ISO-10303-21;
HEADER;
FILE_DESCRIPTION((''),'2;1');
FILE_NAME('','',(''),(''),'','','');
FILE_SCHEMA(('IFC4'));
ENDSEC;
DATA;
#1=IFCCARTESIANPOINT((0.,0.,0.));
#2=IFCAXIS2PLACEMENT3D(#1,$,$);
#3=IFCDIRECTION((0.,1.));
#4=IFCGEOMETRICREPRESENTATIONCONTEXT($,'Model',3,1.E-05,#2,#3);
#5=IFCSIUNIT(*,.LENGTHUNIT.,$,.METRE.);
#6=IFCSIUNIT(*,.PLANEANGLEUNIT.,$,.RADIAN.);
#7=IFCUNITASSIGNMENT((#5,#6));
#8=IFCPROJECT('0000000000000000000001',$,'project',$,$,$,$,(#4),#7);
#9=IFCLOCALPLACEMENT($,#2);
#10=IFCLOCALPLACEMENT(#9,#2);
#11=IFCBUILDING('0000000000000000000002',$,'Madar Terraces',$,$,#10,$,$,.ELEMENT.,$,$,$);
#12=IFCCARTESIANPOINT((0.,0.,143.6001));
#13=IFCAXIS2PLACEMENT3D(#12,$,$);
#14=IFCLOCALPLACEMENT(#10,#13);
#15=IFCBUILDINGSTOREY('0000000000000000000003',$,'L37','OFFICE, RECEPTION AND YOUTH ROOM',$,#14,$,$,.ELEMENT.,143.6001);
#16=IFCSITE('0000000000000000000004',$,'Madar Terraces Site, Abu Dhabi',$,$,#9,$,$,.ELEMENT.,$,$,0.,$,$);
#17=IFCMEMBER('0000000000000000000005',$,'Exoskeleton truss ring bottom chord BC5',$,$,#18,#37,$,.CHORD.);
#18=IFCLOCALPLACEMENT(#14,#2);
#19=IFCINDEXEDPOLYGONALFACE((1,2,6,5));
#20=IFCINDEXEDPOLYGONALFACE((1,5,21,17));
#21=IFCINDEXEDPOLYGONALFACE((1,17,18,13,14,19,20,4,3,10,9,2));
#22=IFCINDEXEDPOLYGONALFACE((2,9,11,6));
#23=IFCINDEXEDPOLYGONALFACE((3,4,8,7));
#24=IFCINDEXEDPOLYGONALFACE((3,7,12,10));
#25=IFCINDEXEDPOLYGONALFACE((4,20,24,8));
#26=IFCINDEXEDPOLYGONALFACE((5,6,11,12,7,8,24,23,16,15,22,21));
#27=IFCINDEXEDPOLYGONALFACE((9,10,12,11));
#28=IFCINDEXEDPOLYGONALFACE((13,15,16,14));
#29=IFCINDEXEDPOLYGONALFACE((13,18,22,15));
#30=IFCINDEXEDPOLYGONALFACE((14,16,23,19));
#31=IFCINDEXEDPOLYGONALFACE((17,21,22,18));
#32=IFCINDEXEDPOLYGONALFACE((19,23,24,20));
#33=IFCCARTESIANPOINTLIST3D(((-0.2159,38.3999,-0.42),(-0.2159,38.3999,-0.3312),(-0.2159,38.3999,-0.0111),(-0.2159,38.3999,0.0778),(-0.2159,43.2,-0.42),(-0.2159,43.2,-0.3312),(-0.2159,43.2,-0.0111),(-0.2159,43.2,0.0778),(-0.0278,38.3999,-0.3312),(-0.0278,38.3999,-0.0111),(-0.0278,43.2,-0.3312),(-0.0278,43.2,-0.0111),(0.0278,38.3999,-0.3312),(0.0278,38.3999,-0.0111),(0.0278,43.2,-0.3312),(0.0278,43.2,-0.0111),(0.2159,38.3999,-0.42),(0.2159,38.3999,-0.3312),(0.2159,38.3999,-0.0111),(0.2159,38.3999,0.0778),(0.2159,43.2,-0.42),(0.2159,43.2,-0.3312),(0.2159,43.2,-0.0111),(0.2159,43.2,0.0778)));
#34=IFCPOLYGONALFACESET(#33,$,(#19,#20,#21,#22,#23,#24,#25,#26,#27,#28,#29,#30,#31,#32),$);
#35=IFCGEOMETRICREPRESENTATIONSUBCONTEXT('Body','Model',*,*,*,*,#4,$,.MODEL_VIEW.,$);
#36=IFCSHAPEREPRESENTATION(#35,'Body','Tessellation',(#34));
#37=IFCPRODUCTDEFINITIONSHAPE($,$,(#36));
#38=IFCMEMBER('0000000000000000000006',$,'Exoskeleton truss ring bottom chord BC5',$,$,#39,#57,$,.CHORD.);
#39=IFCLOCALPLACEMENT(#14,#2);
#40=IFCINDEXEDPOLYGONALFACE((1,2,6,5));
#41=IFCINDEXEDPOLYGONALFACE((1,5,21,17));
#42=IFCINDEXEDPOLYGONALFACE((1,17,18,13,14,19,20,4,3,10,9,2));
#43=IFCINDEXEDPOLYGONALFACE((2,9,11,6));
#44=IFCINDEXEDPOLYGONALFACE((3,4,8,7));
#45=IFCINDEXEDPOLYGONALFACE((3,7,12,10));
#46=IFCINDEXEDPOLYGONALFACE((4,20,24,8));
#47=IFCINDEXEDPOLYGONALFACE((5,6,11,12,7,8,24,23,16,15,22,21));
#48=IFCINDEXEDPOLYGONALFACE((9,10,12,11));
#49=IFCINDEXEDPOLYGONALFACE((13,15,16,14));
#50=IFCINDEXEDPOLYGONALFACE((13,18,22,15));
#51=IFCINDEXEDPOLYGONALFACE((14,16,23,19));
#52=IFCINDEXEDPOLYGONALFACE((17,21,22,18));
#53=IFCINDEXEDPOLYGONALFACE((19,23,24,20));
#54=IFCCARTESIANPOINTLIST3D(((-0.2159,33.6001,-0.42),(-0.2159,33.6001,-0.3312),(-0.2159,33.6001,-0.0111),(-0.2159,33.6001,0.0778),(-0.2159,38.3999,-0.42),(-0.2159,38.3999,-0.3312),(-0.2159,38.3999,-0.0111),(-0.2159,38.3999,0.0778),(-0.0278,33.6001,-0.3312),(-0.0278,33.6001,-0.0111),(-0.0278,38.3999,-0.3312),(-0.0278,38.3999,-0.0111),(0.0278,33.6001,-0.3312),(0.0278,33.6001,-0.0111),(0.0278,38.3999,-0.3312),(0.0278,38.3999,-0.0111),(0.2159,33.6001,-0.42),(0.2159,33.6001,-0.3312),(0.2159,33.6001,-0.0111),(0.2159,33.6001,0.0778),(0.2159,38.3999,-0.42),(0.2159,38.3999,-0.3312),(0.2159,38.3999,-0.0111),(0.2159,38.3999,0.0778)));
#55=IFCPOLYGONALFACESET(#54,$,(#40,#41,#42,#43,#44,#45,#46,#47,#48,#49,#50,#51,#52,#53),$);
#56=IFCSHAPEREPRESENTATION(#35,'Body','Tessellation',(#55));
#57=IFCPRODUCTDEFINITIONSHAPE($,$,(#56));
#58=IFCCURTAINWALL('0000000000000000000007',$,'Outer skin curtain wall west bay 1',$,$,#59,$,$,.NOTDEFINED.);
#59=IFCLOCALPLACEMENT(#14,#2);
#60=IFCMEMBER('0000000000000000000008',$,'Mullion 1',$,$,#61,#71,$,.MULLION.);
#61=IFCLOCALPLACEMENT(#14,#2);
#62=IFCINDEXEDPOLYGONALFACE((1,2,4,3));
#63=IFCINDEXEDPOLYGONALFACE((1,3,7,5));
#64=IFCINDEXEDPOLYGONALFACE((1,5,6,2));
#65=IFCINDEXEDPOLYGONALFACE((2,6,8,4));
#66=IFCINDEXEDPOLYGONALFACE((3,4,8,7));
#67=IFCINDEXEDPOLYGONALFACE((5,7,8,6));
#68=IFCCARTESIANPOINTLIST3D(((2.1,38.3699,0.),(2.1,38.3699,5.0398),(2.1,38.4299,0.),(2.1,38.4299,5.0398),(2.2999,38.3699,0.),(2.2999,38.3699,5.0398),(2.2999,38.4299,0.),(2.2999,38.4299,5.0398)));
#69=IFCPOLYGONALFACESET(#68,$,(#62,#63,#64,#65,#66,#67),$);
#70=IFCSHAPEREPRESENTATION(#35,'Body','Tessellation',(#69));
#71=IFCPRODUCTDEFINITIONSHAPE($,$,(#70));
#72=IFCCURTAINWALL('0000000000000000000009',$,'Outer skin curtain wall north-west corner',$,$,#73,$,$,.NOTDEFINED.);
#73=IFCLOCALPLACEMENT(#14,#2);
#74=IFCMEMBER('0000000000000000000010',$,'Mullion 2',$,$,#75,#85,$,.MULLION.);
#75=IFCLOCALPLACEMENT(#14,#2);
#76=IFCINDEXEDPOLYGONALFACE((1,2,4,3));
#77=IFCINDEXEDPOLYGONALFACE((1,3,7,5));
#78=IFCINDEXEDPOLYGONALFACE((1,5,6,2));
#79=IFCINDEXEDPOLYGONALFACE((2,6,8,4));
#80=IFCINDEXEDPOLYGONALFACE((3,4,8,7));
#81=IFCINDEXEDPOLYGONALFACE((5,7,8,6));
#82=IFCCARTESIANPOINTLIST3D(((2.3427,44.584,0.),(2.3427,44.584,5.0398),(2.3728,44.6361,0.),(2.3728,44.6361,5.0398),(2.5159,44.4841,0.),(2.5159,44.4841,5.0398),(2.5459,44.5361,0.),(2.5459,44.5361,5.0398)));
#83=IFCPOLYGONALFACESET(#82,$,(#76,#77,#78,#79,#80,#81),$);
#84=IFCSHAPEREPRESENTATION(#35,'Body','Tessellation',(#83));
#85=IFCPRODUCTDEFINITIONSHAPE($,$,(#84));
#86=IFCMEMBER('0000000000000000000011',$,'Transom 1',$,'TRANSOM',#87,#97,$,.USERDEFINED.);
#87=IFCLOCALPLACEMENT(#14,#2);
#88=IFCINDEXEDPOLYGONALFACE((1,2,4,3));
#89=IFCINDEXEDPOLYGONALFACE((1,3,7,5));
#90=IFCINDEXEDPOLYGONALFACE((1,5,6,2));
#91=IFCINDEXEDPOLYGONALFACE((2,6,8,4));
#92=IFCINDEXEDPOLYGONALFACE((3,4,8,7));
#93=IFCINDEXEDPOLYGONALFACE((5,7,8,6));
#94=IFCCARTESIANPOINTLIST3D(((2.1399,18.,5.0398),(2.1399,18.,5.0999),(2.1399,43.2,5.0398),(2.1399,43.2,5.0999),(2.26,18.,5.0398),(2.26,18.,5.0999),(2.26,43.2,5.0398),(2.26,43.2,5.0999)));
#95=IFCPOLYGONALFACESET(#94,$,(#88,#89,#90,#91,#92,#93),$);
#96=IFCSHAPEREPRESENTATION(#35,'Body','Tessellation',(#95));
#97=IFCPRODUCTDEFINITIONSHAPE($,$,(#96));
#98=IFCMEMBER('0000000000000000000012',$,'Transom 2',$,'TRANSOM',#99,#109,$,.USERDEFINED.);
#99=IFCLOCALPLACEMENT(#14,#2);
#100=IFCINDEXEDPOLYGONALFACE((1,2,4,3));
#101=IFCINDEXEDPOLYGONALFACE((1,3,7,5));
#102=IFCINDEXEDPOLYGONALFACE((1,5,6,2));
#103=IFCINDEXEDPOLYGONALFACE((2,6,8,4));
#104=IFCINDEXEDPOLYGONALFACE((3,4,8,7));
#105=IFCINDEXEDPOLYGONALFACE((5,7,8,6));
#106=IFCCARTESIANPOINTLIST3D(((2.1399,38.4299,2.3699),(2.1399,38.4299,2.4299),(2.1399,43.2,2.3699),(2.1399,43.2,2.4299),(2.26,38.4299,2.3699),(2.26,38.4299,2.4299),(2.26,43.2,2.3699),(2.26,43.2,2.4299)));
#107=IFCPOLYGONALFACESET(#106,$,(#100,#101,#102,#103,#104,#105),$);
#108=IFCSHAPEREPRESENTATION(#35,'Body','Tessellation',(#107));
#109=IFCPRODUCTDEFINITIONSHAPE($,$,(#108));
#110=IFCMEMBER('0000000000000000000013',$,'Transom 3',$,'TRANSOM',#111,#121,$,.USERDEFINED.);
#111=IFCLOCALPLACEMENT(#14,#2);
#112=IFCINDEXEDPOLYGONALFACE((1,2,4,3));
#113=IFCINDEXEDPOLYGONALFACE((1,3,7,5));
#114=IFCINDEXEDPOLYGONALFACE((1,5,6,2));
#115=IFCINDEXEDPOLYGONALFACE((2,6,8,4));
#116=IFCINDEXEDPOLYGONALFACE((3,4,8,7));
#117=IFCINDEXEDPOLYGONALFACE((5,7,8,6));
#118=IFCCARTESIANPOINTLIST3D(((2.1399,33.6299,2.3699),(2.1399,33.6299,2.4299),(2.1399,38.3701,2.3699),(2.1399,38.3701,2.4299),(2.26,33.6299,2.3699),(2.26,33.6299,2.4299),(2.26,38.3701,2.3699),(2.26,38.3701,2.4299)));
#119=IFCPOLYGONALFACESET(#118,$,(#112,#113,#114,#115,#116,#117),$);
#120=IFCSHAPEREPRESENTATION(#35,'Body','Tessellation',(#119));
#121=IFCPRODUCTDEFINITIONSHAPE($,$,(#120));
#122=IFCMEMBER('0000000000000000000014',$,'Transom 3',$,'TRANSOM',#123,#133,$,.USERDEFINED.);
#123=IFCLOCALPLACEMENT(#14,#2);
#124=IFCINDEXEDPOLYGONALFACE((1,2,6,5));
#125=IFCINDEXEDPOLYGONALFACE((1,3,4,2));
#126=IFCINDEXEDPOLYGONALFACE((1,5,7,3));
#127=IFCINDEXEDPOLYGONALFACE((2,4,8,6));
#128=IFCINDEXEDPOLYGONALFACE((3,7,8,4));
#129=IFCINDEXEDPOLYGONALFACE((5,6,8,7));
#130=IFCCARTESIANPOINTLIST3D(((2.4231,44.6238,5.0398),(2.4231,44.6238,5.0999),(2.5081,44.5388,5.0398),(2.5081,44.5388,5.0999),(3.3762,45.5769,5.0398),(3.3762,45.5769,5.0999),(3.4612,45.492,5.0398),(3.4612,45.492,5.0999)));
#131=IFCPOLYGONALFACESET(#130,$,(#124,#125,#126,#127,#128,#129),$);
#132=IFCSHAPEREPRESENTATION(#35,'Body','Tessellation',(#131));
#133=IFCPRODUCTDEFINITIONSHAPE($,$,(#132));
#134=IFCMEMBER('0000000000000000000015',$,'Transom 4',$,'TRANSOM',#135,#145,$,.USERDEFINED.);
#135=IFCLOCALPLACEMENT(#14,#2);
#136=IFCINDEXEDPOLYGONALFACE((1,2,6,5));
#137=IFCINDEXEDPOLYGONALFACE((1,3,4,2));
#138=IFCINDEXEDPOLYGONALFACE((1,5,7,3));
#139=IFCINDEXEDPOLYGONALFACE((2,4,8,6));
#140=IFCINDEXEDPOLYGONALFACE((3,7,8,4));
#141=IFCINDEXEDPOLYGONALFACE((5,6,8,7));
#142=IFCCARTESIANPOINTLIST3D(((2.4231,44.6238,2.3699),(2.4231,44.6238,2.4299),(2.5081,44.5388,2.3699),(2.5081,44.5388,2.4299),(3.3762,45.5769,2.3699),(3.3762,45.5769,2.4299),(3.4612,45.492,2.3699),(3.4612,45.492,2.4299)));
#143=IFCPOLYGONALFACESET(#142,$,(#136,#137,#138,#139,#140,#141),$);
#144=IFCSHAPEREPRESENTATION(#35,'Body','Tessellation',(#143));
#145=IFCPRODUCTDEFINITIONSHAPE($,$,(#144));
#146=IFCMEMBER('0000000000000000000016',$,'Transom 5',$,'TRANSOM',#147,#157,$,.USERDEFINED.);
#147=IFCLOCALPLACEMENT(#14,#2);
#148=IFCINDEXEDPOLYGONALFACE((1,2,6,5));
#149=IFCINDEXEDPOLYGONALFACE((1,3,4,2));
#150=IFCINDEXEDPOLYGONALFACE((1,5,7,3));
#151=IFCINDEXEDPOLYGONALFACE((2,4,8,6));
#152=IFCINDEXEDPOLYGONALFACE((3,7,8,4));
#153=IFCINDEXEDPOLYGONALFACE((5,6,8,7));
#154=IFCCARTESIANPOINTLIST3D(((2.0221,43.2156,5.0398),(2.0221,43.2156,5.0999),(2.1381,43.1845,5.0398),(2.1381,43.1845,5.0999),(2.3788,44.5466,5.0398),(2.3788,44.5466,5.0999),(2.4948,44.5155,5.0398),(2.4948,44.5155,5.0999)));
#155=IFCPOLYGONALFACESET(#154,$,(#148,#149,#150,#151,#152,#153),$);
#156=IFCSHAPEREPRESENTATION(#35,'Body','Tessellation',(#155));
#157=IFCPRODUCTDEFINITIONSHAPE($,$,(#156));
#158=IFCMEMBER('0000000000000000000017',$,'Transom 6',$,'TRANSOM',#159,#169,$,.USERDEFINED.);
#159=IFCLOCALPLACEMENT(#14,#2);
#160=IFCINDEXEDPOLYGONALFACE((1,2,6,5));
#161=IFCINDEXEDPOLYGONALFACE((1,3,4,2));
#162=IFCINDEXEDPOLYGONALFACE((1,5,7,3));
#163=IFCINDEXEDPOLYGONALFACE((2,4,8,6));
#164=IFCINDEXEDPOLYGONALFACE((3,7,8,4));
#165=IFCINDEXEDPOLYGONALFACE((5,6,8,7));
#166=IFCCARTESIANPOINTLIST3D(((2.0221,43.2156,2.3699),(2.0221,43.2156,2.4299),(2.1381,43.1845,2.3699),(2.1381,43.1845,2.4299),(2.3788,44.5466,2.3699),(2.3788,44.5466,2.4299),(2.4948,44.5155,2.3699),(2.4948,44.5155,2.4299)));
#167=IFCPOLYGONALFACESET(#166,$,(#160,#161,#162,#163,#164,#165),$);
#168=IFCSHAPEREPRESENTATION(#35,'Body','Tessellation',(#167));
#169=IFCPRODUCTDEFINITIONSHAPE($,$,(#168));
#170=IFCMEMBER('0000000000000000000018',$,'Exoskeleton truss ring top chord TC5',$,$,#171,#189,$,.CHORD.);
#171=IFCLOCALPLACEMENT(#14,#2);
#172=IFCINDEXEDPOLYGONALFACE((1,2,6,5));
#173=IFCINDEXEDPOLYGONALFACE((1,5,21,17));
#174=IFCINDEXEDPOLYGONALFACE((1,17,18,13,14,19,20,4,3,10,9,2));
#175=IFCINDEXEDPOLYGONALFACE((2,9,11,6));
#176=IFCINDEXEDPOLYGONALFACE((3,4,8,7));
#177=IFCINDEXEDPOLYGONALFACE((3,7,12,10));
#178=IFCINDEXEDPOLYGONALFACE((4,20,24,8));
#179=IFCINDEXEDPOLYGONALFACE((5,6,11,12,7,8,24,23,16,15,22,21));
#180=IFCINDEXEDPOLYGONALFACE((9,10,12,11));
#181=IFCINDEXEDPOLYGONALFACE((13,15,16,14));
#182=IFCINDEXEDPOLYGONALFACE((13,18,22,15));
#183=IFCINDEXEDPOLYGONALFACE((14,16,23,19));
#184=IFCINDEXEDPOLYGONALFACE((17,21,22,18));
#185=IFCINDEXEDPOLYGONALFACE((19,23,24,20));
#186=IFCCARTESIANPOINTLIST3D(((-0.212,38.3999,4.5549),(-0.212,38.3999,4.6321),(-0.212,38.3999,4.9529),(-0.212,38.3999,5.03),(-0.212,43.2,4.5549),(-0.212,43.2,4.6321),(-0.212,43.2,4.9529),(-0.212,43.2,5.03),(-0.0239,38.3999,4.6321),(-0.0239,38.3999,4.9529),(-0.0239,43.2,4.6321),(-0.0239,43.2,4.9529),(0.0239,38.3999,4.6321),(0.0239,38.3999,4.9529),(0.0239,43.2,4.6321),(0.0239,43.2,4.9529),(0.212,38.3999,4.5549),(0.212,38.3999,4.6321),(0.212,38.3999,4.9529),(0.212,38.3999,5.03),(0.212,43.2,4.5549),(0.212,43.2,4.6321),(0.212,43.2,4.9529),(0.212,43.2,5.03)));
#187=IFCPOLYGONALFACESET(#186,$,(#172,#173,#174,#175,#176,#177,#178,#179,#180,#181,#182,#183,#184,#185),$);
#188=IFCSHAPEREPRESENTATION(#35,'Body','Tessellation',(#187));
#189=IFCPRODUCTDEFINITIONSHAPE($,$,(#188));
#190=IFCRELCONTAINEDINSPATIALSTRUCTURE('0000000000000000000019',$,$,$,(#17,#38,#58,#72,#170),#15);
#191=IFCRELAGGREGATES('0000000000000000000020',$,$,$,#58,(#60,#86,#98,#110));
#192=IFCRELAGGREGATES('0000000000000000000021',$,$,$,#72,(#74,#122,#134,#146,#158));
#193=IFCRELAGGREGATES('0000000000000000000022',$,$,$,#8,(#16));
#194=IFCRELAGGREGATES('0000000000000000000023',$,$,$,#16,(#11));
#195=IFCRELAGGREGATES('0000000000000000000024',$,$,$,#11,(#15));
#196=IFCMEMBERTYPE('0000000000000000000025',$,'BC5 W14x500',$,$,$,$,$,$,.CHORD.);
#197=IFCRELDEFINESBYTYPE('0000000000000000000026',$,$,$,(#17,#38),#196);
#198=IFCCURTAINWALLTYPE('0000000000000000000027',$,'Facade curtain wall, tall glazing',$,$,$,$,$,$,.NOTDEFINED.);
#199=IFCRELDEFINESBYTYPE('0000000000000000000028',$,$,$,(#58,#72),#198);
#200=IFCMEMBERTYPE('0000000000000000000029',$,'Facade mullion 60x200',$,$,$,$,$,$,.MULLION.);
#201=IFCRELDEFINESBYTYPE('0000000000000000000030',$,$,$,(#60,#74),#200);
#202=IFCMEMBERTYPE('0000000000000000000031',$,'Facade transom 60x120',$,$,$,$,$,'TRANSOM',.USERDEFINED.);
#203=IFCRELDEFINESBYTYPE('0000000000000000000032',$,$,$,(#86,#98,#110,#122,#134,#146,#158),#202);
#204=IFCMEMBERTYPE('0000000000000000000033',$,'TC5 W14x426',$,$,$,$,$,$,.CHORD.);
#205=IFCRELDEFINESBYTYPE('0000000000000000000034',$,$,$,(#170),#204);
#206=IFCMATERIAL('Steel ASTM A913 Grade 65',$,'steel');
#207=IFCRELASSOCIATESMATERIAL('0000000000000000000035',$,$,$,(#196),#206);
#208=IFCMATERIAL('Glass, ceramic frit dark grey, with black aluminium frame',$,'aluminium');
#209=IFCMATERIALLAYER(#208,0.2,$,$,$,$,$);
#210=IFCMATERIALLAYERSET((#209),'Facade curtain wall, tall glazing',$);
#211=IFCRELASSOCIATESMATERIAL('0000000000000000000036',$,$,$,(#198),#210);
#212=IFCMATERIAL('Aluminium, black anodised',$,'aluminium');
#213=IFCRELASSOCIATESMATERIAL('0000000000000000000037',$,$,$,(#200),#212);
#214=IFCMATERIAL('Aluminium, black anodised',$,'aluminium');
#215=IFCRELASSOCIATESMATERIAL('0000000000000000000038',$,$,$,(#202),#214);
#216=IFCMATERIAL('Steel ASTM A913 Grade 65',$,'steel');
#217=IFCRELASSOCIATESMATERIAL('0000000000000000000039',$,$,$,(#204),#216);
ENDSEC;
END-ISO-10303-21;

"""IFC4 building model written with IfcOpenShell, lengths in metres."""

from ifc_helpers import new_model, si_unit, direction, frame, origin, origin_2d, place, context, subcontext, project, spatial, rectangle, i_section, extrude, material, layer, layer_set, material_profile, profile_set, type_object, element, aggregate, save


model = new_model("IFC4")

# Units and contexts
model_context = context("Model", 3, precision=1e-05, world=origin(), true_north=direction((0.0, 1.0)))
body_context = subcontext(model_context, "Body", "Model", "MODEL_VIEW")
ifc_project = project(units=[si_unit("LENGTHUNIT", "METRE"), si_unit("PLANEANGLEUNIT", "RADIAN")], contexts=[model_context])

# Site, building, storey
site_placement = place(None, origin())
site = spatial("IfcSite", under=ifc_project, at=site_placement, Name="Madar Terraces Site, Abu Dhabi", CompositionType="ELEMENT", RefElevation=0.0)
building_placement = place(site_placement, origin())
building = spatial("IfcBuilding", under=site, at=building_placement, Name="Madar Terraces", CompositionType="ELEMENT")
storey_placement = place(building_placement, frame((0.0, 0.0, 143.6001)))
storey = spatial("IfcBuildingStorey", under=building, at=storey_placement, Name="L37", Description="OFFICE, RECEPTION AND YOUTH ROOM", CompositionType="ELEMENT", Elevation=143.6001)

# Members
ifc_material_1 = material(Name="Steel ASTM A913 Grade 65", Category="steel")
ifc_material_profile_1 = material_profile(ifc_material_1, i_section(OverallWidth=0.4319, OverallDepth=0.4978, WebThickness=0.0557, FlangeThickness=0.0889, at=origin_2d()), Name="W14x500")
ifc_profile_set_1 = profile_set([ifc_material_profile_1], Name="Steel ASTM A913 Grade 65")
member_type_1 = type_object("IfcMemberType", Name="BC5 W14x500", PredefinedType="CHORD", material=ifc_profile_set_1)
member_1_placement = place(storey_placement, frame((0.0, 43.2, -0.1711), z_axis=(0.0, -1.0, 0.0), x_axis=(1.0, 0.0, 0.0)))
element("IfcMember", 1, at=member_1_placement, inside=storey, type_object=member_type_1, Name="Exoskeleton truss ring bottom chord BC5", PredefinedType="CHORD", context=body_context, shape_type="SweptSolid", body=[
    extrude(i_section(OverallWidth=0.4319, OverallDepth=0.4978, WebThickness=0.0557, FlangeThickness=0.0889, at=origin_2d()), origin(), (0.0, 0.0, 1.0), 4.8),
])
member_2_placement = place(storey_placement, frame((0.0, 38.3999, -0.1711), z_axis=(0.0, -1.0, 0.0), x_axis=(1.0, 0.0, 0.0)))
element("IfcMember", 2, at=member_2_placement, inside=storey, type_object=member_type_1, Name="Exoskeleton truss ring bottom chord BC5", PredefinedType="CHORD", context=body_context, shape_type="SweptSolid", body=[
    extrude(i_section(OverallWidth=0.4319, OverallDepth=0.4978, WebThickness=0.0557, FlangeThickness=0.0889, at=origin_2d()), origin(), (0.0, 0.0, 1.0), 4.7998),
])

# Curtain walls, members
ifc_material_2 = material(Name="Glass, ceramic frit dark grey, with black aluminium frame", Category="aluminium")
ifc_layer_1 = layer(ifc_material_2, 0.2)
ifc_layer_set_1 = layer_set([ifc_layer_1], Name="Facade curtain wall, tall glazing")
curtain_wall_type = type_object("IfcCurtainWallType", Name="Facade curtain wall, tall glazing", PredefinedType="NOTDEFINED", material=ifc_layer_set_1)
curtain_wall_1_placement = place(storey_placement, origin())
curtain_wall_1 = element("IfcCurtainWall", 3, at=curtain_wall_1_placement, inside=storey, type_object=curtain_wall_type, Name="Outer skin curtain wall west bay 1", PredefinedType="NOTDEFINED")
ifc_material_3 = material(Name="Aluminium, black anodised", Category="aluminium")
ifc_material_profile_2 = material_profile(ifc_material_3, rectangle(XDim=0.2, YDim=0.0601, at=origin_2d()), Name="Facade mullion 60x200")
ifc_profile_set_2 = profile_set([ifc_material_profile_2], Name="Aluminium, black anodised")
member_type_2 = type_object("IfcMemberType", Name="Facade mullion 60x200", PredefinedType="MULLION", material=ifc_profile_set_2)
member_3_placement = place(storey_placement, frame((2.2, 38.3999, 0.0), z_axis=(0.0, 0.0, 1.0), x_axis=(1.0, 0.0, 0.0)))
member_3 = element("IfcMember", 4, at=member_3_placement, type_object=member_type_2, Name="Mullion 1", PredefinedType="MULLION", context=body_context, shape_type="SweptSolid", body=[
    extrude(rectangle(XDim=0.2, YDim=0.0601, at=origin_2d()), origin(), (0.0, 0.0, 1.0), 5.0398),
])
curtain_wall_2_placement = place(storey_placement, origin())
curtain_wall_2 = element("IfcCurtainWall", 5, at=curtain_wall_2_placement, inside=storey, type_object=curtain_wall_type, Name="Outer skin curtain wall north-west corner", PredefinedType="NOTDEFINED")
member_4_placement = place(storey_placement, frame((2.4443, 44.5601, 0.0), z_axis=(0.0, 0.0, 1.0), x_axis=(0.866025, -0.5, 0.0)))
member_4 = element("IfcMember", 6, at=member_4_placement, type_object=member_type_2, Name="Mullion 2", PredefinedType="MULLION", context=body_context, shape_type="SweptSolid", body=[
    extrude(rectangle(XDim=0.2, YDim=0.0601, at=origin_2d()), origin(), (0.0, 0.0, 1.0), 5.0398),
])

# Members
ifc_material_4 = material(Name="Aluminium, black anodised", Category="aluminium")
ifc_material_profile_3 = material_profile(ifc_material_4, rectangle(XDim=0.1201, YDim=0.0601, at=origin_2d()), Name="Facade transom 60x120")
ifc_profile_set_3 = profile_set([ifc_material_profile_3], Name="Aluminium, black anodised")
member_type_3 = type_object("IfcMemberType", Name="Facade transom 60x120", ElementType="TRANSOM", PredefinedType="USERDEFINED", material=ifc_profile_set_3)
member_5_placement = place(storey_placement, frame((2.2, 43.2, 5.0698), z_axis=(0.0, -1.0, 0.0), x_axis=(1.0, 0.0, 0.0)))
member_5 = element("IfcMember", 7, at=member_5_placement, type_object=member_type_3, Name="Transom 1", ObjectType="TRANSOM", PredefinedType="USERDEFINED", context=body_context, shape_type="SweptSolid", body=[
    extrude(rectangle(XDim=0.1201, YDim=0.0601, at=origin_2d()), origin(), (0.0, 0.0, 1.0), 25.2),
])
member_6_placement = place(storey_placement, frame((2.2, 43.2, 2.3999), z_axis=(0.0, -1.0, 0.0), x_axis=(1.0, 0.0, 0.0)))
member_6 = element("IfcMember", 8, at=member_6_placement, type_object=member_type_3, Name="Transom 2", ObjectType="TRANSOM", PredefinedType="USERDEFINED", context=body_context, shape_type="SweptSolid", body=[
    extrude(rectangle(XDim=0.1201, YDim=0.0601, at=origin_2d()), origin(), (0.0, 0.0, 1.0), 4.77),
])
member_7_placement = place(storey_placement, frame((2.2, 38.3701, 2.3999), z_axis=(0.0, -1.0, 0.0), x_axis=(1.0, 0.0, 0.0)))
member_7 = element("IfcMember", 9, at=member_7_placement, type_object=member_type_3, Name="Transom 3", ObjectType="TRANSOM", PredefinedType="USERDEFINED", context=body_context, shape_type="SweptSolid", body=[
    extrude(rectangle(XDim=0.1201, YDim=0.0601, at=origin_2d()), origin(), (0.0, 0.0, 1.0), 4.7402),
])
member_8_placement = place(storey_placement, frame((3.4187, 45.5344, 5.0698), z_axis=(-0.707107, -0.707107, 0.0), x_axis=(0.707107, -0.707107, 0.0)))
member_8 = element("IfcMember", 10, at=member_8_placement, type_object=member_type_3, Name="Transom 3", ObjectType="TRANSOM", PredefinedType="USERDEFINED", context=body_context, shape_type="SweptSolid", body=[
    extrude(rectangle(XDim=0.1201, YDim=0.0601, at=origin_2d()), origin(), (0.0, 0.0, 1.0), 1.3479),
])
member_9_placement = place(storey_placement, frame((3.4187, 45.5344, 2.3999), z_axis=(-0.707107, -0.707107, 0.0), x_axis=(0.707107, -0.707107, 0.0)))
member_9 = element("IfcMember", 11, at=member_9_placement, type_object=member_type_3, Name="Transom 4", ObjectType="TRANSOM", PredefinedType="USERDEFINED", context=body_context, shape_type="SweptSolid", body=[
    extrude(rectangle(XDim=0.1201, YDim=0.0601, at=origin_2d()), origin(), (0.0, 0.0, 1.0), 1.3479),
])
member_10_placement = place(storey_placement, frame((2.4368, 44.531, 5.0698), z_axis=(-0.258842, -0.96592, 0.0), x_axis=(0.96592, -0.258842, 0.0)))
member_10 = element("IfcMember", 12, at=member_10_placement, type_object=member_type_3, Name="Transom 5", ObjectType="TRANSOM", PredefinedType="USERDEFINED", context=body_context, shape_type="SweptSolid", body=[
    extrude(rectangle(XDim=0.1201, YDim=0.0601, at=origin_2d()), origin(), (0.0, 0.0, 1.0), 1.3779),
])
member_11_placement = place(storey_placement, frame((2.4368, 44.531, 2.3999), z_axis=(-0.258842, -0.96592, 0.0), x_axis=(0.96592, -0.258842, 0.0)))
member_11 = element("IfcMember", 13, at=member_11_placement, type_object=member_type_3, Name="Transom 6", ObjectType="TRANSOM", PredefinedType="USERDEFINED", context=body_context, shape_type="SweptSolid", body=[
    extrude(rectangle(XDim=0.1201, YDim=0.0601, at=origin_2d()), origin(), (0.0, 0.0, 1.0), 1.3779),
])

# Member
ifc_material_5 = material(Name="Steel ASTM A913 Grade 65", Category="steel")
ifc_material_profile_4 = material_profile(ifc_material_5, i_section(OverallWidth=0.4241, OverallDepth=0.4751, WebThickness=0.0479, FlangeThickness=0.0771, at=origin_2d()), Name="W14x426")
ifc_profile_set_4 = profile_set([ifc_material_profile_4], Name="Steel ASTM A913 Grade 65")
member_type_4 = type_object("IfcMemberType", Name="TC5 W14x426", PredefinedType="CHORD", material=ifc_profile_set_4)
member_12_placement = place(storey_placement, frame((0.0, 43.2, 4.7925), z_axis=(0.0, -1.0, 0.0), x_axis=(1.0, 0.0, 0.0)))
element("IfcMember", 14, at=member_12_placement, inside=storey, type_object=member_type_4, Name="Exoskeleton truss ring top chord TC5", PredefinedType="CHORD", context=body_context, shape_type="SweptSolid", body=[
    extrude(i_section(OverallWidth=0.4241, OverallDepth=0.4751, WebThickness=0.0479, FlangeThickness=0.0771, at=origin_2d()), origin(), (0.0, 0.0, 1.0), 4.8),
])

aggregate(curtain_wall_1, [member_3, member_5, member_6, member_7])
aggregate(curtain_wall_2, [member_4, member_8, member_9, member_10, member_11])

save(model, "model.ifc")
